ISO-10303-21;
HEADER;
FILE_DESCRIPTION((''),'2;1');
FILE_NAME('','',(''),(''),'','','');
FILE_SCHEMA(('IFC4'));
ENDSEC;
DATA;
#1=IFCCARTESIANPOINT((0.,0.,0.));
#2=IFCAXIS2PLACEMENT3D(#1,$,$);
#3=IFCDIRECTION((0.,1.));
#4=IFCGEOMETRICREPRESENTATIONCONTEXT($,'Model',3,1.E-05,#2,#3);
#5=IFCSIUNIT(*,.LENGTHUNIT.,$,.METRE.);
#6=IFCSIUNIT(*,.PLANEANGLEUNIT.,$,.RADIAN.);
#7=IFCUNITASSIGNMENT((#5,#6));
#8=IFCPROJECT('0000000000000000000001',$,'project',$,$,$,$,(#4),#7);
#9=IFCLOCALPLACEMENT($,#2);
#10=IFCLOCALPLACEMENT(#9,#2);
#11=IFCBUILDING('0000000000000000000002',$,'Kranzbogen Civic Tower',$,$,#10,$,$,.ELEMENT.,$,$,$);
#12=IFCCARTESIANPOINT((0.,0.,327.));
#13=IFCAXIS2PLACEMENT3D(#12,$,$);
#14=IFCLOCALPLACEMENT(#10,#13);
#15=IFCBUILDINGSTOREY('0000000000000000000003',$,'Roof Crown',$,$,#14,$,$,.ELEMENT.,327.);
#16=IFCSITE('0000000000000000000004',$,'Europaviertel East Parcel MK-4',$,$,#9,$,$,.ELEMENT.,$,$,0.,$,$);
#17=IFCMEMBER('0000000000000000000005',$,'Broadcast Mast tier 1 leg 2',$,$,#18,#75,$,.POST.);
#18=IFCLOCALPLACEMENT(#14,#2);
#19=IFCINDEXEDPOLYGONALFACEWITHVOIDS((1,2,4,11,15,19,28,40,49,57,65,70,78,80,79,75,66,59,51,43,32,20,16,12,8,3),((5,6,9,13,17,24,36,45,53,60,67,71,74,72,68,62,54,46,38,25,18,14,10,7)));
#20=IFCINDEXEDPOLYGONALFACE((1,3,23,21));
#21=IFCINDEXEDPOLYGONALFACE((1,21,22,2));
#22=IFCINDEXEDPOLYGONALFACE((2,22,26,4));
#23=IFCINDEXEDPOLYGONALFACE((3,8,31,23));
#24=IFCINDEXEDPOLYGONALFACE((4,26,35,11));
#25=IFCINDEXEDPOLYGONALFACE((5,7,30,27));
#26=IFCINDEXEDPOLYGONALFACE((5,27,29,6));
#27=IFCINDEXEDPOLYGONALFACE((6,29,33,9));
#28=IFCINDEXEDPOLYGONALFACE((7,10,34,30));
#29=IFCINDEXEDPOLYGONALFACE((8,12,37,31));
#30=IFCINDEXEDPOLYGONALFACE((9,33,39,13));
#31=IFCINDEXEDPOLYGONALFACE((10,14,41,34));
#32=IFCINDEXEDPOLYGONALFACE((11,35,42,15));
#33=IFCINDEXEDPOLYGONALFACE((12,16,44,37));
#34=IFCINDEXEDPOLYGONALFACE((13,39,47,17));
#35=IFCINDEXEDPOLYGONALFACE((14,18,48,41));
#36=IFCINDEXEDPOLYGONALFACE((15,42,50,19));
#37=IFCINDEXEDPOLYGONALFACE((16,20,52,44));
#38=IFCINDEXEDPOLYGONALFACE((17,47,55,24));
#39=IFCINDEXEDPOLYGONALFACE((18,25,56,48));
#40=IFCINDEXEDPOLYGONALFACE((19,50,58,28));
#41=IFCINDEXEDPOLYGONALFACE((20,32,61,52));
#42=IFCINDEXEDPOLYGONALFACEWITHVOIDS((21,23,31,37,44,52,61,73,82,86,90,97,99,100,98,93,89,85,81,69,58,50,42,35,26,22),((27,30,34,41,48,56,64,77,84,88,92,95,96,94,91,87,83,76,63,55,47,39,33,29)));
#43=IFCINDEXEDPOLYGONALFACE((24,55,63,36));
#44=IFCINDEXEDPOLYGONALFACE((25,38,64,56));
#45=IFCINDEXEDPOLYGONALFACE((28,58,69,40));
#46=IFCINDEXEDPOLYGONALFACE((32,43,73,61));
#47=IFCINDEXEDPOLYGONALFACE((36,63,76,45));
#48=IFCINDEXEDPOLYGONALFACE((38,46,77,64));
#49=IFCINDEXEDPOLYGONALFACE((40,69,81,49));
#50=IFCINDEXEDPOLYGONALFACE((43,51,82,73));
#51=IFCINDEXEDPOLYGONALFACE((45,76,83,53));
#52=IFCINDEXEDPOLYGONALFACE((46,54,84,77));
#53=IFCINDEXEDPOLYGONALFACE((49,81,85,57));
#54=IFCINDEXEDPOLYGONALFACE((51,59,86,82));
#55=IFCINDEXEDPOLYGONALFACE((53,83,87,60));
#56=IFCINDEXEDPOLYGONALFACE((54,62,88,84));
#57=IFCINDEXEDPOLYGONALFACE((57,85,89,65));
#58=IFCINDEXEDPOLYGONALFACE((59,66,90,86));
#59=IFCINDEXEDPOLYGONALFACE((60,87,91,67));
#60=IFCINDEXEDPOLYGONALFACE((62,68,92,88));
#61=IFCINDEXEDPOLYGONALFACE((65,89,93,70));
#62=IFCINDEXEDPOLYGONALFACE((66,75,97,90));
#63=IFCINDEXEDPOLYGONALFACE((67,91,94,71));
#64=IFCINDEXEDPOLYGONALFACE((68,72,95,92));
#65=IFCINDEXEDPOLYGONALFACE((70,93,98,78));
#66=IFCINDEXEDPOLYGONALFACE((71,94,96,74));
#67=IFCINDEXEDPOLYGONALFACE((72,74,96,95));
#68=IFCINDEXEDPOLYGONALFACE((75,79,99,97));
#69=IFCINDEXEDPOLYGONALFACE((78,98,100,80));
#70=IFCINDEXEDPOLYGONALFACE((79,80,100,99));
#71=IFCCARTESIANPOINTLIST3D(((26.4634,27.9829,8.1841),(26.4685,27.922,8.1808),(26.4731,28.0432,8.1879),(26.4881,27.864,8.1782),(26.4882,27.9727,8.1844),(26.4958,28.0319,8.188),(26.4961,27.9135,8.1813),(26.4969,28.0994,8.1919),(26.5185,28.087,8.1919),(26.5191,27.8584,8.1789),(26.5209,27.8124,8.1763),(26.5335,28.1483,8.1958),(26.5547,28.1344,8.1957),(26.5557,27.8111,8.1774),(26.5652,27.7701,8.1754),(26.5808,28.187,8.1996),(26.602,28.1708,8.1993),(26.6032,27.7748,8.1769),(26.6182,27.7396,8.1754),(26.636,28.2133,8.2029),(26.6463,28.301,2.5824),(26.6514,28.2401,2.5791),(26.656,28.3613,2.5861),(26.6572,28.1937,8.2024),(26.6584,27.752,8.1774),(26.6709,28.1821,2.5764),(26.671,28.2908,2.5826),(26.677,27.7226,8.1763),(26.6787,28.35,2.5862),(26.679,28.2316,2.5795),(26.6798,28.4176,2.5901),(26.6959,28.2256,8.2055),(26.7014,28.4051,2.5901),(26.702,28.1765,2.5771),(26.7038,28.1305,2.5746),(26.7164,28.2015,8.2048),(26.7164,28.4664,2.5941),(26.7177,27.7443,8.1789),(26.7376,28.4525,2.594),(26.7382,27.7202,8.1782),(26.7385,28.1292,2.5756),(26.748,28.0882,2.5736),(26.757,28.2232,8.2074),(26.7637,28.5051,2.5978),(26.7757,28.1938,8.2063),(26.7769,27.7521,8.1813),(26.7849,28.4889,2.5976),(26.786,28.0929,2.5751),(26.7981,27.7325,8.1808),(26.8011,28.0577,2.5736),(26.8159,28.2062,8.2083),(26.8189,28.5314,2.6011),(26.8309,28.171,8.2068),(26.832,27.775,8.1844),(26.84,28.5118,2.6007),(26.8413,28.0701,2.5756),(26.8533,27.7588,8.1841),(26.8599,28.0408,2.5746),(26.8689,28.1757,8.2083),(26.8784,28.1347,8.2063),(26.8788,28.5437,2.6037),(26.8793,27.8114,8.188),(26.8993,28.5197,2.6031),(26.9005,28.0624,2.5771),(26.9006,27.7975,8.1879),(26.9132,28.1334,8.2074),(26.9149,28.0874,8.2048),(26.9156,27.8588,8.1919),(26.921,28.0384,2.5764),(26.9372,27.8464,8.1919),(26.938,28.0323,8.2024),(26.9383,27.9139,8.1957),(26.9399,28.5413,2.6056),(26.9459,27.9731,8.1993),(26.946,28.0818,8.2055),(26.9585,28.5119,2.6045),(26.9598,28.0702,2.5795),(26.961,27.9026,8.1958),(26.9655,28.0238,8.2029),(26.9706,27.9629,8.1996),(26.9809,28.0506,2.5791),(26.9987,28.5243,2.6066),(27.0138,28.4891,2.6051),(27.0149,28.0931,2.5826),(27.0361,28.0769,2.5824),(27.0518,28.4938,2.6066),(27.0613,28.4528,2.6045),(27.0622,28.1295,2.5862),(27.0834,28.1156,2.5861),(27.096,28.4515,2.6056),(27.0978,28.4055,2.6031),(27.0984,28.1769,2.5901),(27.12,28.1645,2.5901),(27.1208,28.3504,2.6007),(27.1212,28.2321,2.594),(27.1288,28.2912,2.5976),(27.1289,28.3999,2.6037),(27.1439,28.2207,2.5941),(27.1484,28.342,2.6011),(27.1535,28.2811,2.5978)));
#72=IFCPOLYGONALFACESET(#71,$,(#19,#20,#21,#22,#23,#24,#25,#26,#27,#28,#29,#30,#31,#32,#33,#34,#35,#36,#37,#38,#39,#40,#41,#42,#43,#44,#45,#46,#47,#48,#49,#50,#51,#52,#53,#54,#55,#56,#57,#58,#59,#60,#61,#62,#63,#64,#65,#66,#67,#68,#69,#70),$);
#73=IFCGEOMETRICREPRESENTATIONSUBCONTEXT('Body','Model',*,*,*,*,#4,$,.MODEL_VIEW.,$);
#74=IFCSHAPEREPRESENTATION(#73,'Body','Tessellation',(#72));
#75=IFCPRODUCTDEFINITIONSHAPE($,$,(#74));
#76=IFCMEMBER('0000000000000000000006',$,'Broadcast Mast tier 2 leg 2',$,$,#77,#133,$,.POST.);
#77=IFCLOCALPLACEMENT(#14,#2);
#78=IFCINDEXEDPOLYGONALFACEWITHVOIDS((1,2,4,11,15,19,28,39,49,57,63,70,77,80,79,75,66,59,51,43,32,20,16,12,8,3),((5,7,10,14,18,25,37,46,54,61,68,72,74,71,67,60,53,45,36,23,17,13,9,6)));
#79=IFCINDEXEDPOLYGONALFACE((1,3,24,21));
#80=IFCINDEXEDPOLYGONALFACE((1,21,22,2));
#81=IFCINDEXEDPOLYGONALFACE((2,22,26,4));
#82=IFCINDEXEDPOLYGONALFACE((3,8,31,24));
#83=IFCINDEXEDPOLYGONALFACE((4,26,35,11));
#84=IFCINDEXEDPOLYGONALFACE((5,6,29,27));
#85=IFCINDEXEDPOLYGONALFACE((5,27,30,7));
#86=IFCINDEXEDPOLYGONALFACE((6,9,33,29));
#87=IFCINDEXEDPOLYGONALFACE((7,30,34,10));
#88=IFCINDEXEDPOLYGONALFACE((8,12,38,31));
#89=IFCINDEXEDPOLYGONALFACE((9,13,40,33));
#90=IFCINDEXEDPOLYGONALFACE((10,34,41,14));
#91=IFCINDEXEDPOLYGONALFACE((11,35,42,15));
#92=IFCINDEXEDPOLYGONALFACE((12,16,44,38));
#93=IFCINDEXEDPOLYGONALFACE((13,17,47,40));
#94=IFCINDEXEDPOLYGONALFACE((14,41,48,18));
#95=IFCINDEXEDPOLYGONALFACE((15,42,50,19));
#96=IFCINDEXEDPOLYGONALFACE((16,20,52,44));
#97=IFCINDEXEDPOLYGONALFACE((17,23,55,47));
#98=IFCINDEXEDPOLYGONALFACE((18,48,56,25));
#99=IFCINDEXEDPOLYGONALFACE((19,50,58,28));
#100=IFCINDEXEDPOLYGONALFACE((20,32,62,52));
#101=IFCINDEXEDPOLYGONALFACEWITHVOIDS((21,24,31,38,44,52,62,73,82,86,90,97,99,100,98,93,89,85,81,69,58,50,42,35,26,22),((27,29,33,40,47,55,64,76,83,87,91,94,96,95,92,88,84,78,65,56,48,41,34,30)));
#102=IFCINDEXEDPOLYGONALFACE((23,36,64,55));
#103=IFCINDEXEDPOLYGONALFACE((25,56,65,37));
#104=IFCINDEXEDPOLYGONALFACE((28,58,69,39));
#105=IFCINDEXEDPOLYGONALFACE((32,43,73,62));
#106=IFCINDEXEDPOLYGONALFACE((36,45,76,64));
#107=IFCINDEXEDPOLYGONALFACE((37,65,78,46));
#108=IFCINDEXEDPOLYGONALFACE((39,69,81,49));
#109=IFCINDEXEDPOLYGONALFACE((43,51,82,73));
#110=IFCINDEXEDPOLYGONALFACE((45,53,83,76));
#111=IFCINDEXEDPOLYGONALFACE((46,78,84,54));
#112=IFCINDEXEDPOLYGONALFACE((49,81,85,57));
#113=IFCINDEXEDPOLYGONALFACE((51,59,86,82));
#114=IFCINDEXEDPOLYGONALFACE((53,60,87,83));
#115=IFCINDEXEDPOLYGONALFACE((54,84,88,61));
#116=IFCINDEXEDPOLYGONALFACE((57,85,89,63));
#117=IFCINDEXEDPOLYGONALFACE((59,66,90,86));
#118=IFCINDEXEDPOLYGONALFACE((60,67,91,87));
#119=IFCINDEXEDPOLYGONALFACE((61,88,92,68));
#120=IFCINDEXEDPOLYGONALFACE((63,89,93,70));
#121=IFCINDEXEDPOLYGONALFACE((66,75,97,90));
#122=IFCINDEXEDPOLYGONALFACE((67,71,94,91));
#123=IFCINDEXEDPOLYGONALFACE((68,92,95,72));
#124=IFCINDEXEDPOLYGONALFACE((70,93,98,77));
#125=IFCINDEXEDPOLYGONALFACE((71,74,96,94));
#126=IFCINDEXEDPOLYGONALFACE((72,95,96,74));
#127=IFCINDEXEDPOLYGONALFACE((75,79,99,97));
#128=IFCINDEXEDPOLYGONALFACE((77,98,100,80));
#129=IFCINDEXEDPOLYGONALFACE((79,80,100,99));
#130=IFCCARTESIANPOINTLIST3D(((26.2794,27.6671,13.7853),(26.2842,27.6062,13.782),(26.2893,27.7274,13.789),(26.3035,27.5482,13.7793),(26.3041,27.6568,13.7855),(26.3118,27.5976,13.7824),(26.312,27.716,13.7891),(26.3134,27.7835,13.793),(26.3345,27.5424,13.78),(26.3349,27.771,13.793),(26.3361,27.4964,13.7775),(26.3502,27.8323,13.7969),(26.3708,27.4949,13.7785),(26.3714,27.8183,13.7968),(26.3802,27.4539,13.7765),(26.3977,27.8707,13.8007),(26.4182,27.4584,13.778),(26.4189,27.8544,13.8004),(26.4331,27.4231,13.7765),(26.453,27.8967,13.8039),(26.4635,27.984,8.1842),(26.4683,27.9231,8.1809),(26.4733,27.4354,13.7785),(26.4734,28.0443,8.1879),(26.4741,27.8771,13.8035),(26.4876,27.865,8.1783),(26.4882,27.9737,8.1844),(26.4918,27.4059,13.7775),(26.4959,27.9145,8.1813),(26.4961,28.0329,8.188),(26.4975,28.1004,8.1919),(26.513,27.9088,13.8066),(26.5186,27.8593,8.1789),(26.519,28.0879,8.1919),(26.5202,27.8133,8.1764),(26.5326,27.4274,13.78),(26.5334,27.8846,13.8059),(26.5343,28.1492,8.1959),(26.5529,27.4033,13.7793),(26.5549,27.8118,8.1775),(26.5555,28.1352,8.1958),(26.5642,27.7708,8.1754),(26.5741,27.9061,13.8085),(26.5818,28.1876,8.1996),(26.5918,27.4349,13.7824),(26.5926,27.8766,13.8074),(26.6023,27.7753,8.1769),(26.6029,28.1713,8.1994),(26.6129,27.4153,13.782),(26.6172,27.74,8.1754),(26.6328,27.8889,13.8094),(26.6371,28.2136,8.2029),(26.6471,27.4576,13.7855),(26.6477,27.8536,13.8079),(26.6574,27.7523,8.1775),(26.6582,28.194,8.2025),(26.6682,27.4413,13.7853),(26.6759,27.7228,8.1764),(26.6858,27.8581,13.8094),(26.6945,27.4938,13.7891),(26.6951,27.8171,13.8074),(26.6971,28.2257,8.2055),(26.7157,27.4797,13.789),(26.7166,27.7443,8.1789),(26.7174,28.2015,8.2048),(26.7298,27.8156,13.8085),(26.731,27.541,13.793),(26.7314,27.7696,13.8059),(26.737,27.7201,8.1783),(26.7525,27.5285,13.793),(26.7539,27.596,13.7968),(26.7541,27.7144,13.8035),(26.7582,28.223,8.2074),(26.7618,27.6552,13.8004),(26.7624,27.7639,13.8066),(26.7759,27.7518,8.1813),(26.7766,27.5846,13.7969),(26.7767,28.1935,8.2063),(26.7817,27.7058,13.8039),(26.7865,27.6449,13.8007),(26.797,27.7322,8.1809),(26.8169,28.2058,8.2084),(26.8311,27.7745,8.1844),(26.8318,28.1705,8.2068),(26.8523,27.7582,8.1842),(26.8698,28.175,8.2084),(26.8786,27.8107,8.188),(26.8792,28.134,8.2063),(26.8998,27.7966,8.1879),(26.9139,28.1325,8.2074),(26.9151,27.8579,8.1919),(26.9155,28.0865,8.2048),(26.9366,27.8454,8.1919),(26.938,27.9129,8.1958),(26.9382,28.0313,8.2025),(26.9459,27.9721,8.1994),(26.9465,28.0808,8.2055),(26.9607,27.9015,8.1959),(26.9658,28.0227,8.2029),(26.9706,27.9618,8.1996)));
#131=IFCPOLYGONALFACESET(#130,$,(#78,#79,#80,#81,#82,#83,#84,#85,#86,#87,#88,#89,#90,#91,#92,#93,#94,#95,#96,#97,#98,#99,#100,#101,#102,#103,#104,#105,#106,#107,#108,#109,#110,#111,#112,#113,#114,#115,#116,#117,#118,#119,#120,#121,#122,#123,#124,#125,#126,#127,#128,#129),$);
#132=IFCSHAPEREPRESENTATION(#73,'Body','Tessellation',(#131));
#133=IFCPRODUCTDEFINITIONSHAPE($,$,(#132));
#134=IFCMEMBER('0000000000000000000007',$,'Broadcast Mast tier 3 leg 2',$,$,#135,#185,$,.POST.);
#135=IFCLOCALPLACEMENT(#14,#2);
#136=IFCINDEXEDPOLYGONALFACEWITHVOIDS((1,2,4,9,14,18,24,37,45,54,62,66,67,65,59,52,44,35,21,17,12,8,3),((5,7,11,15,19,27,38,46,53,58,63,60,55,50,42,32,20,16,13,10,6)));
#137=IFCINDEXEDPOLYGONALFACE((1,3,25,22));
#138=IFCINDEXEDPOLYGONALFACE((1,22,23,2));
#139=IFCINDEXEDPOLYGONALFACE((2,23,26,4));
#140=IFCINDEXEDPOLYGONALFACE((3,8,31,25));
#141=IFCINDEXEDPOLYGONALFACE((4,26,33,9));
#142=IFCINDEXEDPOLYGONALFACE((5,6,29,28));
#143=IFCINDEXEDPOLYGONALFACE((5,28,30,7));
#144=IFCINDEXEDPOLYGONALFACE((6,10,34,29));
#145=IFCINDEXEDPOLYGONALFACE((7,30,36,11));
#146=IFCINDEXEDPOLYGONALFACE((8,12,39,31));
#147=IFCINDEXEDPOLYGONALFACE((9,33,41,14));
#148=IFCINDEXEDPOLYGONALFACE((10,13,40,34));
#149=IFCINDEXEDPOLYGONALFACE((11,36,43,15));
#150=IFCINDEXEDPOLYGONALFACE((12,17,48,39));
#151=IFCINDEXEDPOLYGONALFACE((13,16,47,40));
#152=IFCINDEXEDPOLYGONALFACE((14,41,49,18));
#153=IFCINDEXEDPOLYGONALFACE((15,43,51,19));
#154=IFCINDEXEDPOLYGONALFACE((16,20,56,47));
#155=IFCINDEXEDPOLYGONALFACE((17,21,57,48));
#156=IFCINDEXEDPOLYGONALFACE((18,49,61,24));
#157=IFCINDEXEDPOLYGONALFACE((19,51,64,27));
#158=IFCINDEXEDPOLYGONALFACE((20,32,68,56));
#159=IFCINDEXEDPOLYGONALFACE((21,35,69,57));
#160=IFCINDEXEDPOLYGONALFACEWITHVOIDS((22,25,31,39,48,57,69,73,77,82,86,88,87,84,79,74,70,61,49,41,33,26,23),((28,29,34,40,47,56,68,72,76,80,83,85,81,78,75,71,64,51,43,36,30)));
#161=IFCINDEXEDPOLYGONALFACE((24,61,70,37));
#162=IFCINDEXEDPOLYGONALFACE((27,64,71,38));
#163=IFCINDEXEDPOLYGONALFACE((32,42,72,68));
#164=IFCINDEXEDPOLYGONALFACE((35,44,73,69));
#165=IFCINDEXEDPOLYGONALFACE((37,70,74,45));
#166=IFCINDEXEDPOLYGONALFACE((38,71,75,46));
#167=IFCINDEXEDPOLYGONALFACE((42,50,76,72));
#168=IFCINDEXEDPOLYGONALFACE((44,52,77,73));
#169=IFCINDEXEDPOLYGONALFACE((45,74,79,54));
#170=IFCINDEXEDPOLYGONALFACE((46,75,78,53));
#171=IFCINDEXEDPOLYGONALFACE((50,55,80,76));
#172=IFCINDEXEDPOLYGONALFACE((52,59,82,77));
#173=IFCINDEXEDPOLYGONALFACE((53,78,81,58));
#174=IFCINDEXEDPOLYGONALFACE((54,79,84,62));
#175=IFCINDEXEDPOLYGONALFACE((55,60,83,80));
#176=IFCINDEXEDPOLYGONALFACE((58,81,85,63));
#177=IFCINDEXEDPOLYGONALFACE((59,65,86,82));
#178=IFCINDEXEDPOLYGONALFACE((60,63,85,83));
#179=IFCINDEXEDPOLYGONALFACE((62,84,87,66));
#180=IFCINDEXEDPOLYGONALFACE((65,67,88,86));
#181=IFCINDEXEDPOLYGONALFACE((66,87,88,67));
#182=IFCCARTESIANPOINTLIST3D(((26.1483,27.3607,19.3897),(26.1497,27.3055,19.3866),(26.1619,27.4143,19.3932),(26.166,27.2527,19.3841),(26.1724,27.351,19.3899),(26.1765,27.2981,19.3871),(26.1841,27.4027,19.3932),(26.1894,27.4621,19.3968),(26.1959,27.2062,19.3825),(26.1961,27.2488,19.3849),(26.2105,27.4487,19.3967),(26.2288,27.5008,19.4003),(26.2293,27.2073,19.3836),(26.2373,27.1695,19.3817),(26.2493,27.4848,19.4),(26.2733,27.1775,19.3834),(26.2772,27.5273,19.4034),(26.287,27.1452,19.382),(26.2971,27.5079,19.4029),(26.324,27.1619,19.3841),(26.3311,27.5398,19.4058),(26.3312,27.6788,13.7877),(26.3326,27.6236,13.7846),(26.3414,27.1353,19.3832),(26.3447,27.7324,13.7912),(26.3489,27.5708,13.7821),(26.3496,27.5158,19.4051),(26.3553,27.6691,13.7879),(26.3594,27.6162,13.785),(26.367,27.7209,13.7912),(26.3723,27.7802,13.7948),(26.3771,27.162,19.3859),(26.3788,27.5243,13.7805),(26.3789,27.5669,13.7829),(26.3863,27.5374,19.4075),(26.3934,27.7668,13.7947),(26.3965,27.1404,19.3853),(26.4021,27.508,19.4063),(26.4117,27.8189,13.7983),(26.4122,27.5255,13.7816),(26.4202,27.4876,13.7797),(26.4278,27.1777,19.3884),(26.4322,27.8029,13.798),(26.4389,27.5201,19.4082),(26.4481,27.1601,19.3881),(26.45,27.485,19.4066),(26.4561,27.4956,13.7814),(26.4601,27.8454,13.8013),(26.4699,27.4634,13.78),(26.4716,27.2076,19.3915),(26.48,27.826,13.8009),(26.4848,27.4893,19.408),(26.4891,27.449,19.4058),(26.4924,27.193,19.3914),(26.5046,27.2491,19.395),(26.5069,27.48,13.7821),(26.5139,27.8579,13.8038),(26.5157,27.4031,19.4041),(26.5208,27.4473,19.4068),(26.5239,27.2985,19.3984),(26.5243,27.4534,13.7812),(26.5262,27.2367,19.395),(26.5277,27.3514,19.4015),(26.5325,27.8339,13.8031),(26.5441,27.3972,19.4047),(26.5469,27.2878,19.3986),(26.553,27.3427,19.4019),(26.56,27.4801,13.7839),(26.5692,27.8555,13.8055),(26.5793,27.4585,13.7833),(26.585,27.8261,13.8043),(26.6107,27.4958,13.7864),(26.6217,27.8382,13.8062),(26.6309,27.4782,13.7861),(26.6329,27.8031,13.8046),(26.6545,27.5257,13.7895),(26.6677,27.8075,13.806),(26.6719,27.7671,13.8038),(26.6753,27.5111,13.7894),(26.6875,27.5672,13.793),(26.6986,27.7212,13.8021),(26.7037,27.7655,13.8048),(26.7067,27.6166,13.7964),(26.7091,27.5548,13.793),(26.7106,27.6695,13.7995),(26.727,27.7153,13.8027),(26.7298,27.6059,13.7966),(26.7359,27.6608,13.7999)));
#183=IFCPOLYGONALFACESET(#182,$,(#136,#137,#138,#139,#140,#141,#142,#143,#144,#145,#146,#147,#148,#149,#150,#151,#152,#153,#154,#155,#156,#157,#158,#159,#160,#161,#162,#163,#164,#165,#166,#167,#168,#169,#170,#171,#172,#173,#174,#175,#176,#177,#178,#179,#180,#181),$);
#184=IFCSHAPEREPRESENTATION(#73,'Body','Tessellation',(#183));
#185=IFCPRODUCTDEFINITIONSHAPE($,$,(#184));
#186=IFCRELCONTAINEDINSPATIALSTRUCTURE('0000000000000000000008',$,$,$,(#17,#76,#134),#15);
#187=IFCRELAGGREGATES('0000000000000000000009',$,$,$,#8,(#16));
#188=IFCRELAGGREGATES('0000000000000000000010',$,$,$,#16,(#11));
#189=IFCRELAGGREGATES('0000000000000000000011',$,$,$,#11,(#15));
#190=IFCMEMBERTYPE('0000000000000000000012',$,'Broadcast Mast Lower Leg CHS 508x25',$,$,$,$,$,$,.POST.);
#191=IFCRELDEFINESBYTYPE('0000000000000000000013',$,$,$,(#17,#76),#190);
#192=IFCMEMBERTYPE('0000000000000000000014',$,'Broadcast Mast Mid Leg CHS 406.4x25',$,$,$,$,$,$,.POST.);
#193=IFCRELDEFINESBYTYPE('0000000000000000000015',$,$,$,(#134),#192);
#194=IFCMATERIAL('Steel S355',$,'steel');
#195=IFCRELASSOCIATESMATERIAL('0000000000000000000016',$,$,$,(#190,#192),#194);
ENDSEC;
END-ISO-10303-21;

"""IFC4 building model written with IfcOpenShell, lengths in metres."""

from ifc_helpers import new_model, si_unit, direction, frame, origin, origin_2d, place, context, subcontext, project, spatial, hollow_circle, extrude, material, material_profile, profile_set, type_object, element, save


model = new_model("IFC4")

# Units and contexts
model_context = context("Model", 3, precision=1e-05, world=origin(), true_north=direction((0.0, 1.0)))
body_context = subcontext(model_context, "Body", "Model", "MODEL_VIEW")
ifc_project = project(units=[si_unit("LENGTHUNIT", "METRE"), si_unit("PLANEANGLEUNIT", "RADIAN")], contexts=[model_context])

# Site, building, storey
site_placement = place(None, origin())
site = spatial("IfcSite", under=ifc_project, at=site_placement, Name="Europaviertel East Parcel MK-4", CompositionType="ELEMENT", RefElevation=0.0)
building_placement = place(site_placement, origin())
building = spatial("IfcBuilding", under=site, at=building_placement, Name="Kranzbogen Civic Tower", CompositionType="ELEMENT")
storey_placement = place(building_placement, frame((0.0, 0.0, 327.0)))
storey = spatial("IfcBuildingStorey", under=building, at=storey_placement, Name="Roof Crown", CompositionType="ELEMENT", Elevation=327.0)

# Shared definitions
ifc_material_1 = material(Name="Steel S355", Category="steel")

# Members
ifc_material_profile_1 = material_profile(ifc_material_1, hollow_circle(Radius=0.2539, WallThickness=0.0249, at=origin_2d()), Name="CHS 508x25")
ifc_profile_set_1 = profile_set([ifc_material_profile_1], Name="Steel S355")
member_type_1 = type_object("IfcMemberType", Name="Broadcast Mast Lower Leg CHS 508x25", PredefinedType="POST", material=ifc_profile_set_1)
member_1_placement = place(storey_placement, frame((26.8999, 28.291, 2.5901), z_axis=(-0.032573, -0.056667, 0.997862), x_axis=(0.866971, -0.498359, 0.0)))
element("IfcMember", 1, at=member_1_placement, inside=storey, type_object=member_type_1, Name="Broadcast Mast tier 1 leg 2", PredefinedType="POST", context=body_context, shape_type="SweptSolid", body=[
    extrude(hollow_circle(Radius=0.2539, WallThickness=0.0249, at=origin_2d()), origin(), (0.0, 0.0, 1.0), 5.6138),
])
member_2_placement = place(storey_placement, frame((26.717, 27.9729, 8.1919), z_axis=(-0.032795, -0.056457, 0.997866), x_axis=(0.864696, -0.502296, 0.0)))
element("IfcMember", 2, at=member_2_placement, inside=storey, type_object=member_type_1, Name="Broadcast Mast tier 2 leg 2", PredefinedType="POST", context=body_context, shape_type="SweptSolid", body=[
    extrude(hollow_circle(Radius=0.2539, WallThickness=0.0249, at=origin_2d()), origin(), (0.0, 0.0, 1.0), 5.613),
])
ifc_material_profile_2 = material_profile(ifc_material_1, hollow_circle(Radius=0.2031, WallThickness=0.0249, at=origin_2d()), Name="CHS 406.4x25")
ifc_profile_set_2 = profile_set([ifc_material_profile_2], Name="Steel S355")
member_type_2 = type_object("IfcMemberType", Name="Broadcast Mast Mid Leg CHS 406.4x25", PredefinedType="POST", material=ifc_profile_set_2)
for number, where, z_axis, x_axis, name in (
    (3, (26.533, 27.656, 13.793), (-0.032572, -0.056664, 0.997862), (0.866971, -0.498359, 0.0), "Broadcast Mast tier 3 leg 2"),
):
    element("IfcMember", number, at=place(storey_placement, frame(where, z_axis=z_axis, x_axis=x_axis)), inside=storey, type_object=member_type_2, Name=name, PredefinedType="POST", context=body_context, shape_type="SweptSolid", body=[
        extrude(hollow_circle(Radius=0.2031, WallThickness=0.0249, at=origin_2d()), origin(), (0.0, 0.0, 1.0), 5.614),
    ])

save(model, "model.ifc")
